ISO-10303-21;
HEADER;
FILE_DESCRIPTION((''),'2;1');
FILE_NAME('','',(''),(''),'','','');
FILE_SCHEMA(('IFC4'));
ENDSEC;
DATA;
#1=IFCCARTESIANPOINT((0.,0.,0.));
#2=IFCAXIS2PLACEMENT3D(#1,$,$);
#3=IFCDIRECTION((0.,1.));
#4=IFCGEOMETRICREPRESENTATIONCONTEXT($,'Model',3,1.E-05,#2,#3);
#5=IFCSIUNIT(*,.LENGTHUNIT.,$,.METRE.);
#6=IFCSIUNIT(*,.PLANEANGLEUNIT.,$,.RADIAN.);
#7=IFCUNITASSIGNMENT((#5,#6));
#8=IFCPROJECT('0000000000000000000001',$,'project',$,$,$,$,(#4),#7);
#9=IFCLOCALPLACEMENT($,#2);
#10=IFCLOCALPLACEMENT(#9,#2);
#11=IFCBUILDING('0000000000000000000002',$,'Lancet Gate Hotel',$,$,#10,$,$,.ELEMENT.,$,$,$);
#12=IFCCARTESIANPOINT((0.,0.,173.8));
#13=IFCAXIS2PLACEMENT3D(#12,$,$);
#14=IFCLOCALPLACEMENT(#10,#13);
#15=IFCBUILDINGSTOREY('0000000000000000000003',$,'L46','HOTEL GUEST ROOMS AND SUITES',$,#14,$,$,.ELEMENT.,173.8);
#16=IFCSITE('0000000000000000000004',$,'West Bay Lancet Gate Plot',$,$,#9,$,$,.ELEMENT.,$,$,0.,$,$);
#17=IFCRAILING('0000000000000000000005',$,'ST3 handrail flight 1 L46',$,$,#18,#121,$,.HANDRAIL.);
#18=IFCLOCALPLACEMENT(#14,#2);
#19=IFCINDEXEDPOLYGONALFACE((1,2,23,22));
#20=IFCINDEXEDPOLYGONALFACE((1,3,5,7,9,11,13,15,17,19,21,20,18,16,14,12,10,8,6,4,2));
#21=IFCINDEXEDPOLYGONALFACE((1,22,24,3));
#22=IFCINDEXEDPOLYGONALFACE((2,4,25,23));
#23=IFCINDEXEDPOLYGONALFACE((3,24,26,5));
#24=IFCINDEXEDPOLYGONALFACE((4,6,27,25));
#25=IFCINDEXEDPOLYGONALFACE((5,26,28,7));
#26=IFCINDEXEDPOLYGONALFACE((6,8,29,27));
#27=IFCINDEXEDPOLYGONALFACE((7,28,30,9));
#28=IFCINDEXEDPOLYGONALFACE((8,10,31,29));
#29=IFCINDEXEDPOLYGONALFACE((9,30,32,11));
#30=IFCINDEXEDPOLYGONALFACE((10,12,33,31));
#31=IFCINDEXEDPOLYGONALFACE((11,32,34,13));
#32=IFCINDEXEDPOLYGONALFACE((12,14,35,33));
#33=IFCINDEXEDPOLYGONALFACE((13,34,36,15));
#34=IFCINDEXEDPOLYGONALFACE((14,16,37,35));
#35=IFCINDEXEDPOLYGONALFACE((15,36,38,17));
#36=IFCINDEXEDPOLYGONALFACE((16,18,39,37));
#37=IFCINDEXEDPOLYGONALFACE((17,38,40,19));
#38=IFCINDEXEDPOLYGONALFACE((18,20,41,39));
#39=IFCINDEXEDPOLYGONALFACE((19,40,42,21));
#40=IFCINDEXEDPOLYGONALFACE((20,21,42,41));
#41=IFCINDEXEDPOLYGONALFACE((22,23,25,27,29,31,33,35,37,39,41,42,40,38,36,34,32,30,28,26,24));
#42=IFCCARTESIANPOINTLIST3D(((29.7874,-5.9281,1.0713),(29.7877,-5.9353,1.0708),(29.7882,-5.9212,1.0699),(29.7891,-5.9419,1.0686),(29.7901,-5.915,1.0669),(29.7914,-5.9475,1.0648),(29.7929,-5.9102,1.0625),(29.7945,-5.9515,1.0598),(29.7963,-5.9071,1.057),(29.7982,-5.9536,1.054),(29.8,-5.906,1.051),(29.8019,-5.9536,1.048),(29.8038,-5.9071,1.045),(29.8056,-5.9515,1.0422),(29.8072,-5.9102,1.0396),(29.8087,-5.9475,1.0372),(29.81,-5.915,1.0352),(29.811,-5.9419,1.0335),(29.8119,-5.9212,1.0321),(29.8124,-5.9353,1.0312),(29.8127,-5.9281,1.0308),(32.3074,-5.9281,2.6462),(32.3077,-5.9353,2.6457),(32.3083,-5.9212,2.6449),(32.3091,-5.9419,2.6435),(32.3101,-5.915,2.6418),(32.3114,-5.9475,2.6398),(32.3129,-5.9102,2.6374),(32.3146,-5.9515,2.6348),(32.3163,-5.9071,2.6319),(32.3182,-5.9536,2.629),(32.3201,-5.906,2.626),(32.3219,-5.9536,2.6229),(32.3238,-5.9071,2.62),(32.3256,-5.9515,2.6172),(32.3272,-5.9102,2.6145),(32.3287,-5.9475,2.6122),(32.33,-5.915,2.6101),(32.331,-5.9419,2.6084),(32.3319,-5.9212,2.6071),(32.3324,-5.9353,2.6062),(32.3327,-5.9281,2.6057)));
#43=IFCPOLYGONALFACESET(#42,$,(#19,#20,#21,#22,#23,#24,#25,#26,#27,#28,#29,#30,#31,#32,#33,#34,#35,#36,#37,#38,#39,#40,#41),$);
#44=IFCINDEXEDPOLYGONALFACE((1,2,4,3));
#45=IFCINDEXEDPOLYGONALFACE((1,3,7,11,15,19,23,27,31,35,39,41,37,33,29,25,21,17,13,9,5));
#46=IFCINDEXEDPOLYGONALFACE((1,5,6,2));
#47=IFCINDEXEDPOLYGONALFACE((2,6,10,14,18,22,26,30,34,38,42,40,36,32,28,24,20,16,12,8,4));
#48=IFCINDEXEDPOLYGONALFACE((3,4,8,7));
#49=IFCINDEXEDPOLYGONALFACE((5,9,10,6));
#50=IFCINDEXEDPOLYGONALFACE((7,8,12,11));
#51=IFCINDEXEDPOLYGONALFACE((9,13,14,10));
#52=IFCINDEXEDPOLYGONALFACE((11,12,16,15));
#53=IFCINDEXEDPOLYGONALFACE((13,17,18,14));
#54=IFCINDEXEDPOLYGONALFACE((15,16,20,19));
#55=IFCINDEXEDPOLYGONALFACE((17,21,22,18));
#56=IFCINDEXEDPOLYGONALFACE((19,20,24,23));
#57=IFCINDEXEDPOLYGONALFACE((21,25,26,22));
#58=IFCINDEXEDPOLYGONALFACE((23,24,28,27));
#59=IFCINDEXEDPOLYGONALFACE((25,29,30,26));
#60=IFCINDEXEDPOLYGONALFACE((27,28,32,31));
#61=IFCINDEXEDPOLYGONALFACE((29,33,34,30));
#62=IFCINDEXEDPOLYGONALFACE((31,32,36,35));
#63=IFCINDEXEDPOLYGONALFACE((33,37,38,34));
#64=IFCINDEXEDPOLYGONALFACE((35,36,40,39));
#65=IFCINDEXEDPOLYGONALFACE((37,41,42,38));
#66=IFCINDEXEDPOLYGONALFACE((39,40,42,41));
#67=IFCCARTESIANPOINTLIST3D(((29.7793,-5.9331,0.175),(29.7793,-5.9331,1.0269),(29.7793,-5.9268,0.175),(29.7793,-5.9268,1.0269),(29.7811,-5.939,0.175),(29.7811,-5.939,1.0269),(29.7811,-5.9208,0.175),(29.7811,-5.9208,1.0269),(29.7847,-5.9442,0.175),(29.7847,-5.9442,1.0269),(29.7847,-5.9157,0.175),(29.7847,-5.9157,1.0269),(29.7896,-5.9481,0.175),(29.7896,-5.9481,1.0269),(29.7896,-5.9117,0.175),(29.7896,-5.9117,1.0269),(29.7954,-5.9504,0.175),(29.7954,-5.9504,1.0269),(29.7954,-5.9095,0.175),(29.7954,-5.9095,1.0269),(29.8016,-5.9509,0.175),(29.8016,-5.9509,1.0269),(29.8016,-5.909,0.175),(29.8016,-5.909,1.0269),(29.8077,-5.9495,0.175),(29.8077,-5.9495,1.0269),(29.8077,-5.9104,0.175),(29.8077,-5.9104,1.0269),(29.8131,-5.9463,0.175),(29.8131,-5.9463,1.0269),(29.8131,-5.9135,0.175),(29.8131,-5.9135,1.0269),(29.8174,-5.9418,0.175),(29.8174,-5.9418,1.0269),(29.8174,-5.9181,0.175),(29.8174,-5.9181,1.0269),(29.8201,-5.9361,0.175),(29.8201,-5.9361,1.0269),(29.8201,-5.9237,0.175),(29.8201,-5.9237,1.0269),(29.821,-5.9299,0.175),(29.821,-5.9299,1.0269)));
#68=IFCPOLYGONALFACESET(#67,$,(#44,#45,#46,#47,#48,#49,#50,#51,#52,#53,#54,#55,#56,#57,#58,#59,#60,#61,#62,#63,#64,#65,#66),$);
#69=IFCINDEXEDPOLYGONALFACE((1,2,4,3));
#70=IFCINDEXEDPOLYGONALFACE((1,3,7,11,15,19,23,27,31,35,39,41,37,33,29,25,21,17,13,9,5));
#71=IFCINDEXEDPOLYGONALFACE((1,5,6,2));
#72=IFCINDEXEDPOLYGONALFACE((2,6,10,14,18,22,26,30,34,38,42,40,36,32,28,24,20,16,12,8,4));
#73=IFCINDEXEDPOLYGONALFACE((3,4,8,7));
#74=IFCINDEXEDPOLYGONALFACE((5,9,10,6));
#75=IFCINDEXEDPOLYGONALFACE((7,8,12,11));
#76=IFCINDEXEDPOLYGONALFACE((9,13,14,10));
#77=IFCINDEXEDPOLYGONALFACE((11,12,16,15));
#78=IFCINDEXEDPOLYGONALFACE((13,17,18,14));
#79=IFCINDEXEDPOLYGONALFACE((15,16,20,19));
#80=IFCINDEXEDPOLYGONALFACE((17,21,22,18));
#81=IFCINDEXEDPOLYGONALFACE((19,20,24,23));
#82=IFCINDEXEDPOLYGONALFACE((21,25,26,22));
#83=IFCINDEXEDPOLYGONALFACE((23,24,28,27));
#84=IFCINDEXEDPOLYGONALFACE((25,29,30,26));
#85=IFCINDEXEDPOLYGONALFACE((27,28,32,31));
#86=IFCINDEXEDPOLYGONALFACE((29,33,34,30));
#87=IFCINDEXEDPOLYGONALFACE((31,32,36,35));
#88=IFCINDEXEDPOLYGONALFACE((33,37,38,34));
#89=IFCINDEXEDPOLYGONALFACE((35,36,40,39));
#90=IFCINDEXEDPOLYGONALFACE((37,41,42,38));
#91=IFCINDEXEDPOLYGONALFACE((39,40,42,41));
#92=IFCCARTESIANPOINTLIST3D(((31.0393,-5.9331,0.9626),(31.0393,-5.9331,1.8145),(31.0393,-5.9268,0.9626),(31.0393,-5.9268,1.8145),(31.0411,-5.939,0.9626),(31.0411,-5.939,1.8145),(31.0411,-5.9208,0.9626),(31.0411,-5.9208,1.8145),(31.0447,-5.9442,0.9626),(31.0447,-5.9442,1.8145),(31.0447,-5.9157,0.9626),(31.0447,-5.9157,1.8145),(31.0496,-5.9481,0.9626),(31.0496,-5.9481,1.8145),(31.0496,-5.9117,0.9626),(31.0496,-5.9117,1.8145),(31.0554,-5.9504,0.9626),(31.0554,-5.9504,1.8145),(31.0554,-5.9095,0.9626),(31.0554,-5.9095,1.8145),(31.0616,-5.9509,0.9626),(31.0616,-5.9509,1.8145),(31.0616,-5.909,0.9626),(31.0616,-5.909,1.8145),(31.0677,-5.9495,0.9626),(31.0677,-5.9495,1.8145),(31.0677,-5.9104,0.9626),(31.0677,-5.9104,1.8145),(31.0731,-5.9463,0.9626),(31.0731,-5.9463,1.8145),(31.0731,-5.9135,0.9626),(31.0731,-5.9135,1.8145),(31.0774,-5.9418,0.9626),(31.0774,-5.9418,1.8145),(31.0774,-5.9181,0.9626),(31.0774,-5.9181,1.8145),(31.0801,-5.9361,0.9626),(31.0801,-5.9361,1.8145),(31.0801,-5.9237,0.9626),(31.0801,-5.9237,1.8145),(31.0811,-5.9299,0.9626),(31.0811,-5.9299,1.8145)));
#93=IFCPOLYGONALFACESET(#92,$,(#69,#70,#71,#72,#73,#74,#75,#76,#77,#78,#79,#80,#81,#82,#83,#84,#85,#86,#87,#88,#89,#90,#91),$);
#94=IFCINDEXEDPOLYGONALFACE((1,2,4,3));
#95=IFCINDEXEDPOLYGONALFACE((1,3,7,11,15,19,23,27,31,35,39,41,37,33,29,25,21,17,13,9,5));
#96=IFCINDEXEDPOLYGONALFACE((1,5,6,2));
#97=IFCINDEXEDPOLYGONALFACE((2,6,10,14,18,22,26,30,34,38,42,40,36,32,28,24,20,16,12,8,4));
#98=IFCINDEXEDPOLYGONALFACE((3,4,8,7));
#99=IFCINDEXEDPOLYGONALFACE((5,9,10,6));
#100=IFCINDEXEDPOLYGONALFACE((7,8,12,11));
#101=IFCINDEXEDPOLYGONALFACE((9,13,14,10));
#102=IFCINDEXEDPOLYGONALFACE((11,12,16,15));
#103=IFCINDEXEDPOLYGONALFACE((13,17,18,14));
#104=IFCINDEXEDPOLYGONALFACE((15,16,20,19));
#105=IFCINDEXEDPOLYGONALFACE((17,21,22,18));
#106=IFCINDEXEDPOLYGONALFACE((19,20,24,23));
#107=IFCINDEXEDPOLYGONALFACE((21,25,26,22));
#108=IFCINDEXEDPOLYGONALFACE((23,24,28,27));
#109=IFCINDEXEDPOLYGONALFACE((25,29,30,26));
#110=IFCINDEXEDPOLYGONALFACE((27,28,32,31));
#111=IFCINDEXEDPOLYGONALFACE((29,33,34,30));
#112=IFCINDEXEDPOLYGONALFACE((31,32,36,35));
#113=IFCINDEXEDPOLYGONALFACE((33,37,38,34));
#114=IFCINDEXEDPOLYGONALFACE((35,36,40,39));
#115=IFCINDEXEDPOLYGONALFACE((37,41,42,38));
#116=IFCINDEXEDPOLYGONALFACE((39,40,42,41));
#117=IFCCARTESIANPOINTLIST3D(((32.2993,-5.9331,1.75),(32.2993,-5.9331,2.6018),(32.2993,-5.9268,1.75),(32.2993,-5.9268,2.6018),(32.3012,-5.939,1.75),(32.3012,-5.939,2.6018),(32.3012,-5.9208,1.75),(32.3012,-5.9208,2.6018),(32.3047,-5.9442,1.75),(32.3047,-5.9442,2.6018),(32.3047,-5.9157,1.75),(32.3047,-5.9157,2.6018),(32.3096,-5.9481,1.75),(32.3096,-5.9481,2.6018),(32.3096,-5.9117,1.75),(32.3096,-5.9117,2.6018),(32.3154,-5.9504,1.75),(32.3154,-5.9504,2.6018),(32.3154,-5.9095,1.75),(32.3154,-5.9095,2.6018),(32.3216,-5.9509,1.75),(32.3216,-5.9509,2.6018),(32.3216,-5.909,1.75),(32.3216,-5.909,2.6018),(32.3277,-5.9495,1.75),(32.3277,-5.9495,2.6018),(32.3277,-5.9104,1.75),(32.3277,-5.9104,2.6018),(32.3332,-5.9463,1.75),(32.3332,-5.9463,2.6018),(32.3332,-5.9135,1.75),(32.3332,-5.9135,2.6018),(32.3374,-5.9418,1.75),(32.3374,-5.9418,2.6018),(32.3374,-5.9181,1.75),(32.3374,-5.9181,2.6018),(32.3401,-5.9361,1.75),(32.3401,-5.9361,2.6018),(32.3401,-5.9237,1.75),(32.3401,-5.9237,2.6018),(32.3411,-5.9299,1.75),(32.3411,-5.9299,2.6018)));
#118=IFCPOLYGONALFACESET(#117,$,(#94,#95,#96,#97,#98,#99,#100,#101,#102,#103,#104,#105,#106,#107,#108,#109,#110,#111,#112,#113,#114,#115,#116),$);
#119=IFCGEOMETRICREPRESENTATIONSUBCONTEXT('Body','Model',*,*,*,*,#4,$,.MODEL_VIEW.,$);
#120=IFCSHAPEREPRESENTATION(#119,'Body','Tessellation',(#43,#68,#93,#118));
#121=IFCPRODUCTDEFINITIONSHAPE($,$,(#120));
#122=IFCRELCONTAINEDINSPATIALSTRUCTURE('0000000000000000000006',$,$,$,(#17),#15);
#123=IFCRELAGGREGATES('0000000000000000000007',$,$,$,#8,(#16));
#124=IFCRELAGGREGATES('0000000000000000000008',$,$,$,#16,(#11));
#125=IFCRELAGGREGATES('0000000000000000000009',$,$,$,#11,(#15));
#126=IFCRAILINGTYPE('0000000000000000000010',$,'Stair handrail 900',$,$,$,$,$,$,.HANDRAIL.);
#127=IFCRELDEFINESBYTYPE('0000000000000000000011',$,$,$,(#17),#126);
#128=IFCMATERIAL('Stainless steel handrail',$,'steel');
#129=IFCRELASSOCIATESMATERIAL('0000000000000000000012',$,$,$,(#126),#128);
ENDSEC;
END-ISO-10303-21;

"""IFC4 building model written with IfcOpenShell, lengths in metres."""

from ifc_helpers import new_model, si_unit, direction, frame, origin, origin_2d, place, context, subcontext, project, spatial, circle, extrude, material, type_object, element, save


model = new_model("IFC4")

# Units and contexts
model_context = context("Model", 3, precision=1e-05, world=origin(), true_north=direction((0.0, 1.0)))
body_context = subcontext(model_context, "Body", "Model", "MODEL_VIEW")
ifc_project = project(units=[si_unit("LENGTHUNIT", "METRE"), si_unit("PLANEANGLEUNIT", "RADIAN")], contexts=[model_context])

# Site, building, storey
site_placement = place(None, origin())
site = spatial("IfcSite", under=ifc_project, at=site_placement, Name="West Bay Lancet Gate Plot", CompositionType="ELEMENT", RefElevation=0.0)
building_placement = place(site_placement, origin())
building = spatial("IfcBuilding", under=site, at=building_placement, Name="Lancet Gate Hotel", CompositionType="ELEMENT")
storey_placement = place(building_placement, frame((0.0, 0.0, 173.8)))
storey = spatial("IfcBuildingStorey", under=building, at=storey_placement, Name="L46", Description="HOTEL GUEST ROOMS AND SUITES", CompositionType="ELEMENT", Elevation=173.8)

# Railing
ifc_material_1 = material(Name="Stainless steel handrail", Category="steel")
railing_type = type_object("IfcRailingType", Name="Stair handrail 900", PredefinedType="HANDRAIL", material=ifc_material_1)
railing_placement = place(storey_placement, frame((29.8, -5.9299, 0.175)))
element("IfcRailing", 1, at=railing_placement, inside=storey, type_object=railing_type, Name="ST3 handrail flight 1 L46", PredefinedType="HANDRAIL", context=body_context, shape_type="SweptSolid", body=[
    extrude(circle(Radius=0.0239, at=origin_2d()), frame((0.0, 0.0, 0.876), z_axis=(0.848008, 0.0, 0.529984), x_axis=(0.0, 1.0, 0.0)), (0.0, 0.0, 1.0), 2.9717),
    extrude(circle(Radius=0.021, at=origin_2d()), origin(), (0.0, 0.0, 1.0), 0.8518),
    extrude(circle(Radius=0.021, at=origin_2d()), frame((1.26, 0.0, 0.7876)), (0.0, 0.0, 1.0), 0.8518),
    extrude(circle(Radius=0.021, at=origin_2d()), frame((2.52, 0.0, 1.575)), (0.0, 0.0, 1.0), 0.8518),
])

save(model, "model.ifc")
